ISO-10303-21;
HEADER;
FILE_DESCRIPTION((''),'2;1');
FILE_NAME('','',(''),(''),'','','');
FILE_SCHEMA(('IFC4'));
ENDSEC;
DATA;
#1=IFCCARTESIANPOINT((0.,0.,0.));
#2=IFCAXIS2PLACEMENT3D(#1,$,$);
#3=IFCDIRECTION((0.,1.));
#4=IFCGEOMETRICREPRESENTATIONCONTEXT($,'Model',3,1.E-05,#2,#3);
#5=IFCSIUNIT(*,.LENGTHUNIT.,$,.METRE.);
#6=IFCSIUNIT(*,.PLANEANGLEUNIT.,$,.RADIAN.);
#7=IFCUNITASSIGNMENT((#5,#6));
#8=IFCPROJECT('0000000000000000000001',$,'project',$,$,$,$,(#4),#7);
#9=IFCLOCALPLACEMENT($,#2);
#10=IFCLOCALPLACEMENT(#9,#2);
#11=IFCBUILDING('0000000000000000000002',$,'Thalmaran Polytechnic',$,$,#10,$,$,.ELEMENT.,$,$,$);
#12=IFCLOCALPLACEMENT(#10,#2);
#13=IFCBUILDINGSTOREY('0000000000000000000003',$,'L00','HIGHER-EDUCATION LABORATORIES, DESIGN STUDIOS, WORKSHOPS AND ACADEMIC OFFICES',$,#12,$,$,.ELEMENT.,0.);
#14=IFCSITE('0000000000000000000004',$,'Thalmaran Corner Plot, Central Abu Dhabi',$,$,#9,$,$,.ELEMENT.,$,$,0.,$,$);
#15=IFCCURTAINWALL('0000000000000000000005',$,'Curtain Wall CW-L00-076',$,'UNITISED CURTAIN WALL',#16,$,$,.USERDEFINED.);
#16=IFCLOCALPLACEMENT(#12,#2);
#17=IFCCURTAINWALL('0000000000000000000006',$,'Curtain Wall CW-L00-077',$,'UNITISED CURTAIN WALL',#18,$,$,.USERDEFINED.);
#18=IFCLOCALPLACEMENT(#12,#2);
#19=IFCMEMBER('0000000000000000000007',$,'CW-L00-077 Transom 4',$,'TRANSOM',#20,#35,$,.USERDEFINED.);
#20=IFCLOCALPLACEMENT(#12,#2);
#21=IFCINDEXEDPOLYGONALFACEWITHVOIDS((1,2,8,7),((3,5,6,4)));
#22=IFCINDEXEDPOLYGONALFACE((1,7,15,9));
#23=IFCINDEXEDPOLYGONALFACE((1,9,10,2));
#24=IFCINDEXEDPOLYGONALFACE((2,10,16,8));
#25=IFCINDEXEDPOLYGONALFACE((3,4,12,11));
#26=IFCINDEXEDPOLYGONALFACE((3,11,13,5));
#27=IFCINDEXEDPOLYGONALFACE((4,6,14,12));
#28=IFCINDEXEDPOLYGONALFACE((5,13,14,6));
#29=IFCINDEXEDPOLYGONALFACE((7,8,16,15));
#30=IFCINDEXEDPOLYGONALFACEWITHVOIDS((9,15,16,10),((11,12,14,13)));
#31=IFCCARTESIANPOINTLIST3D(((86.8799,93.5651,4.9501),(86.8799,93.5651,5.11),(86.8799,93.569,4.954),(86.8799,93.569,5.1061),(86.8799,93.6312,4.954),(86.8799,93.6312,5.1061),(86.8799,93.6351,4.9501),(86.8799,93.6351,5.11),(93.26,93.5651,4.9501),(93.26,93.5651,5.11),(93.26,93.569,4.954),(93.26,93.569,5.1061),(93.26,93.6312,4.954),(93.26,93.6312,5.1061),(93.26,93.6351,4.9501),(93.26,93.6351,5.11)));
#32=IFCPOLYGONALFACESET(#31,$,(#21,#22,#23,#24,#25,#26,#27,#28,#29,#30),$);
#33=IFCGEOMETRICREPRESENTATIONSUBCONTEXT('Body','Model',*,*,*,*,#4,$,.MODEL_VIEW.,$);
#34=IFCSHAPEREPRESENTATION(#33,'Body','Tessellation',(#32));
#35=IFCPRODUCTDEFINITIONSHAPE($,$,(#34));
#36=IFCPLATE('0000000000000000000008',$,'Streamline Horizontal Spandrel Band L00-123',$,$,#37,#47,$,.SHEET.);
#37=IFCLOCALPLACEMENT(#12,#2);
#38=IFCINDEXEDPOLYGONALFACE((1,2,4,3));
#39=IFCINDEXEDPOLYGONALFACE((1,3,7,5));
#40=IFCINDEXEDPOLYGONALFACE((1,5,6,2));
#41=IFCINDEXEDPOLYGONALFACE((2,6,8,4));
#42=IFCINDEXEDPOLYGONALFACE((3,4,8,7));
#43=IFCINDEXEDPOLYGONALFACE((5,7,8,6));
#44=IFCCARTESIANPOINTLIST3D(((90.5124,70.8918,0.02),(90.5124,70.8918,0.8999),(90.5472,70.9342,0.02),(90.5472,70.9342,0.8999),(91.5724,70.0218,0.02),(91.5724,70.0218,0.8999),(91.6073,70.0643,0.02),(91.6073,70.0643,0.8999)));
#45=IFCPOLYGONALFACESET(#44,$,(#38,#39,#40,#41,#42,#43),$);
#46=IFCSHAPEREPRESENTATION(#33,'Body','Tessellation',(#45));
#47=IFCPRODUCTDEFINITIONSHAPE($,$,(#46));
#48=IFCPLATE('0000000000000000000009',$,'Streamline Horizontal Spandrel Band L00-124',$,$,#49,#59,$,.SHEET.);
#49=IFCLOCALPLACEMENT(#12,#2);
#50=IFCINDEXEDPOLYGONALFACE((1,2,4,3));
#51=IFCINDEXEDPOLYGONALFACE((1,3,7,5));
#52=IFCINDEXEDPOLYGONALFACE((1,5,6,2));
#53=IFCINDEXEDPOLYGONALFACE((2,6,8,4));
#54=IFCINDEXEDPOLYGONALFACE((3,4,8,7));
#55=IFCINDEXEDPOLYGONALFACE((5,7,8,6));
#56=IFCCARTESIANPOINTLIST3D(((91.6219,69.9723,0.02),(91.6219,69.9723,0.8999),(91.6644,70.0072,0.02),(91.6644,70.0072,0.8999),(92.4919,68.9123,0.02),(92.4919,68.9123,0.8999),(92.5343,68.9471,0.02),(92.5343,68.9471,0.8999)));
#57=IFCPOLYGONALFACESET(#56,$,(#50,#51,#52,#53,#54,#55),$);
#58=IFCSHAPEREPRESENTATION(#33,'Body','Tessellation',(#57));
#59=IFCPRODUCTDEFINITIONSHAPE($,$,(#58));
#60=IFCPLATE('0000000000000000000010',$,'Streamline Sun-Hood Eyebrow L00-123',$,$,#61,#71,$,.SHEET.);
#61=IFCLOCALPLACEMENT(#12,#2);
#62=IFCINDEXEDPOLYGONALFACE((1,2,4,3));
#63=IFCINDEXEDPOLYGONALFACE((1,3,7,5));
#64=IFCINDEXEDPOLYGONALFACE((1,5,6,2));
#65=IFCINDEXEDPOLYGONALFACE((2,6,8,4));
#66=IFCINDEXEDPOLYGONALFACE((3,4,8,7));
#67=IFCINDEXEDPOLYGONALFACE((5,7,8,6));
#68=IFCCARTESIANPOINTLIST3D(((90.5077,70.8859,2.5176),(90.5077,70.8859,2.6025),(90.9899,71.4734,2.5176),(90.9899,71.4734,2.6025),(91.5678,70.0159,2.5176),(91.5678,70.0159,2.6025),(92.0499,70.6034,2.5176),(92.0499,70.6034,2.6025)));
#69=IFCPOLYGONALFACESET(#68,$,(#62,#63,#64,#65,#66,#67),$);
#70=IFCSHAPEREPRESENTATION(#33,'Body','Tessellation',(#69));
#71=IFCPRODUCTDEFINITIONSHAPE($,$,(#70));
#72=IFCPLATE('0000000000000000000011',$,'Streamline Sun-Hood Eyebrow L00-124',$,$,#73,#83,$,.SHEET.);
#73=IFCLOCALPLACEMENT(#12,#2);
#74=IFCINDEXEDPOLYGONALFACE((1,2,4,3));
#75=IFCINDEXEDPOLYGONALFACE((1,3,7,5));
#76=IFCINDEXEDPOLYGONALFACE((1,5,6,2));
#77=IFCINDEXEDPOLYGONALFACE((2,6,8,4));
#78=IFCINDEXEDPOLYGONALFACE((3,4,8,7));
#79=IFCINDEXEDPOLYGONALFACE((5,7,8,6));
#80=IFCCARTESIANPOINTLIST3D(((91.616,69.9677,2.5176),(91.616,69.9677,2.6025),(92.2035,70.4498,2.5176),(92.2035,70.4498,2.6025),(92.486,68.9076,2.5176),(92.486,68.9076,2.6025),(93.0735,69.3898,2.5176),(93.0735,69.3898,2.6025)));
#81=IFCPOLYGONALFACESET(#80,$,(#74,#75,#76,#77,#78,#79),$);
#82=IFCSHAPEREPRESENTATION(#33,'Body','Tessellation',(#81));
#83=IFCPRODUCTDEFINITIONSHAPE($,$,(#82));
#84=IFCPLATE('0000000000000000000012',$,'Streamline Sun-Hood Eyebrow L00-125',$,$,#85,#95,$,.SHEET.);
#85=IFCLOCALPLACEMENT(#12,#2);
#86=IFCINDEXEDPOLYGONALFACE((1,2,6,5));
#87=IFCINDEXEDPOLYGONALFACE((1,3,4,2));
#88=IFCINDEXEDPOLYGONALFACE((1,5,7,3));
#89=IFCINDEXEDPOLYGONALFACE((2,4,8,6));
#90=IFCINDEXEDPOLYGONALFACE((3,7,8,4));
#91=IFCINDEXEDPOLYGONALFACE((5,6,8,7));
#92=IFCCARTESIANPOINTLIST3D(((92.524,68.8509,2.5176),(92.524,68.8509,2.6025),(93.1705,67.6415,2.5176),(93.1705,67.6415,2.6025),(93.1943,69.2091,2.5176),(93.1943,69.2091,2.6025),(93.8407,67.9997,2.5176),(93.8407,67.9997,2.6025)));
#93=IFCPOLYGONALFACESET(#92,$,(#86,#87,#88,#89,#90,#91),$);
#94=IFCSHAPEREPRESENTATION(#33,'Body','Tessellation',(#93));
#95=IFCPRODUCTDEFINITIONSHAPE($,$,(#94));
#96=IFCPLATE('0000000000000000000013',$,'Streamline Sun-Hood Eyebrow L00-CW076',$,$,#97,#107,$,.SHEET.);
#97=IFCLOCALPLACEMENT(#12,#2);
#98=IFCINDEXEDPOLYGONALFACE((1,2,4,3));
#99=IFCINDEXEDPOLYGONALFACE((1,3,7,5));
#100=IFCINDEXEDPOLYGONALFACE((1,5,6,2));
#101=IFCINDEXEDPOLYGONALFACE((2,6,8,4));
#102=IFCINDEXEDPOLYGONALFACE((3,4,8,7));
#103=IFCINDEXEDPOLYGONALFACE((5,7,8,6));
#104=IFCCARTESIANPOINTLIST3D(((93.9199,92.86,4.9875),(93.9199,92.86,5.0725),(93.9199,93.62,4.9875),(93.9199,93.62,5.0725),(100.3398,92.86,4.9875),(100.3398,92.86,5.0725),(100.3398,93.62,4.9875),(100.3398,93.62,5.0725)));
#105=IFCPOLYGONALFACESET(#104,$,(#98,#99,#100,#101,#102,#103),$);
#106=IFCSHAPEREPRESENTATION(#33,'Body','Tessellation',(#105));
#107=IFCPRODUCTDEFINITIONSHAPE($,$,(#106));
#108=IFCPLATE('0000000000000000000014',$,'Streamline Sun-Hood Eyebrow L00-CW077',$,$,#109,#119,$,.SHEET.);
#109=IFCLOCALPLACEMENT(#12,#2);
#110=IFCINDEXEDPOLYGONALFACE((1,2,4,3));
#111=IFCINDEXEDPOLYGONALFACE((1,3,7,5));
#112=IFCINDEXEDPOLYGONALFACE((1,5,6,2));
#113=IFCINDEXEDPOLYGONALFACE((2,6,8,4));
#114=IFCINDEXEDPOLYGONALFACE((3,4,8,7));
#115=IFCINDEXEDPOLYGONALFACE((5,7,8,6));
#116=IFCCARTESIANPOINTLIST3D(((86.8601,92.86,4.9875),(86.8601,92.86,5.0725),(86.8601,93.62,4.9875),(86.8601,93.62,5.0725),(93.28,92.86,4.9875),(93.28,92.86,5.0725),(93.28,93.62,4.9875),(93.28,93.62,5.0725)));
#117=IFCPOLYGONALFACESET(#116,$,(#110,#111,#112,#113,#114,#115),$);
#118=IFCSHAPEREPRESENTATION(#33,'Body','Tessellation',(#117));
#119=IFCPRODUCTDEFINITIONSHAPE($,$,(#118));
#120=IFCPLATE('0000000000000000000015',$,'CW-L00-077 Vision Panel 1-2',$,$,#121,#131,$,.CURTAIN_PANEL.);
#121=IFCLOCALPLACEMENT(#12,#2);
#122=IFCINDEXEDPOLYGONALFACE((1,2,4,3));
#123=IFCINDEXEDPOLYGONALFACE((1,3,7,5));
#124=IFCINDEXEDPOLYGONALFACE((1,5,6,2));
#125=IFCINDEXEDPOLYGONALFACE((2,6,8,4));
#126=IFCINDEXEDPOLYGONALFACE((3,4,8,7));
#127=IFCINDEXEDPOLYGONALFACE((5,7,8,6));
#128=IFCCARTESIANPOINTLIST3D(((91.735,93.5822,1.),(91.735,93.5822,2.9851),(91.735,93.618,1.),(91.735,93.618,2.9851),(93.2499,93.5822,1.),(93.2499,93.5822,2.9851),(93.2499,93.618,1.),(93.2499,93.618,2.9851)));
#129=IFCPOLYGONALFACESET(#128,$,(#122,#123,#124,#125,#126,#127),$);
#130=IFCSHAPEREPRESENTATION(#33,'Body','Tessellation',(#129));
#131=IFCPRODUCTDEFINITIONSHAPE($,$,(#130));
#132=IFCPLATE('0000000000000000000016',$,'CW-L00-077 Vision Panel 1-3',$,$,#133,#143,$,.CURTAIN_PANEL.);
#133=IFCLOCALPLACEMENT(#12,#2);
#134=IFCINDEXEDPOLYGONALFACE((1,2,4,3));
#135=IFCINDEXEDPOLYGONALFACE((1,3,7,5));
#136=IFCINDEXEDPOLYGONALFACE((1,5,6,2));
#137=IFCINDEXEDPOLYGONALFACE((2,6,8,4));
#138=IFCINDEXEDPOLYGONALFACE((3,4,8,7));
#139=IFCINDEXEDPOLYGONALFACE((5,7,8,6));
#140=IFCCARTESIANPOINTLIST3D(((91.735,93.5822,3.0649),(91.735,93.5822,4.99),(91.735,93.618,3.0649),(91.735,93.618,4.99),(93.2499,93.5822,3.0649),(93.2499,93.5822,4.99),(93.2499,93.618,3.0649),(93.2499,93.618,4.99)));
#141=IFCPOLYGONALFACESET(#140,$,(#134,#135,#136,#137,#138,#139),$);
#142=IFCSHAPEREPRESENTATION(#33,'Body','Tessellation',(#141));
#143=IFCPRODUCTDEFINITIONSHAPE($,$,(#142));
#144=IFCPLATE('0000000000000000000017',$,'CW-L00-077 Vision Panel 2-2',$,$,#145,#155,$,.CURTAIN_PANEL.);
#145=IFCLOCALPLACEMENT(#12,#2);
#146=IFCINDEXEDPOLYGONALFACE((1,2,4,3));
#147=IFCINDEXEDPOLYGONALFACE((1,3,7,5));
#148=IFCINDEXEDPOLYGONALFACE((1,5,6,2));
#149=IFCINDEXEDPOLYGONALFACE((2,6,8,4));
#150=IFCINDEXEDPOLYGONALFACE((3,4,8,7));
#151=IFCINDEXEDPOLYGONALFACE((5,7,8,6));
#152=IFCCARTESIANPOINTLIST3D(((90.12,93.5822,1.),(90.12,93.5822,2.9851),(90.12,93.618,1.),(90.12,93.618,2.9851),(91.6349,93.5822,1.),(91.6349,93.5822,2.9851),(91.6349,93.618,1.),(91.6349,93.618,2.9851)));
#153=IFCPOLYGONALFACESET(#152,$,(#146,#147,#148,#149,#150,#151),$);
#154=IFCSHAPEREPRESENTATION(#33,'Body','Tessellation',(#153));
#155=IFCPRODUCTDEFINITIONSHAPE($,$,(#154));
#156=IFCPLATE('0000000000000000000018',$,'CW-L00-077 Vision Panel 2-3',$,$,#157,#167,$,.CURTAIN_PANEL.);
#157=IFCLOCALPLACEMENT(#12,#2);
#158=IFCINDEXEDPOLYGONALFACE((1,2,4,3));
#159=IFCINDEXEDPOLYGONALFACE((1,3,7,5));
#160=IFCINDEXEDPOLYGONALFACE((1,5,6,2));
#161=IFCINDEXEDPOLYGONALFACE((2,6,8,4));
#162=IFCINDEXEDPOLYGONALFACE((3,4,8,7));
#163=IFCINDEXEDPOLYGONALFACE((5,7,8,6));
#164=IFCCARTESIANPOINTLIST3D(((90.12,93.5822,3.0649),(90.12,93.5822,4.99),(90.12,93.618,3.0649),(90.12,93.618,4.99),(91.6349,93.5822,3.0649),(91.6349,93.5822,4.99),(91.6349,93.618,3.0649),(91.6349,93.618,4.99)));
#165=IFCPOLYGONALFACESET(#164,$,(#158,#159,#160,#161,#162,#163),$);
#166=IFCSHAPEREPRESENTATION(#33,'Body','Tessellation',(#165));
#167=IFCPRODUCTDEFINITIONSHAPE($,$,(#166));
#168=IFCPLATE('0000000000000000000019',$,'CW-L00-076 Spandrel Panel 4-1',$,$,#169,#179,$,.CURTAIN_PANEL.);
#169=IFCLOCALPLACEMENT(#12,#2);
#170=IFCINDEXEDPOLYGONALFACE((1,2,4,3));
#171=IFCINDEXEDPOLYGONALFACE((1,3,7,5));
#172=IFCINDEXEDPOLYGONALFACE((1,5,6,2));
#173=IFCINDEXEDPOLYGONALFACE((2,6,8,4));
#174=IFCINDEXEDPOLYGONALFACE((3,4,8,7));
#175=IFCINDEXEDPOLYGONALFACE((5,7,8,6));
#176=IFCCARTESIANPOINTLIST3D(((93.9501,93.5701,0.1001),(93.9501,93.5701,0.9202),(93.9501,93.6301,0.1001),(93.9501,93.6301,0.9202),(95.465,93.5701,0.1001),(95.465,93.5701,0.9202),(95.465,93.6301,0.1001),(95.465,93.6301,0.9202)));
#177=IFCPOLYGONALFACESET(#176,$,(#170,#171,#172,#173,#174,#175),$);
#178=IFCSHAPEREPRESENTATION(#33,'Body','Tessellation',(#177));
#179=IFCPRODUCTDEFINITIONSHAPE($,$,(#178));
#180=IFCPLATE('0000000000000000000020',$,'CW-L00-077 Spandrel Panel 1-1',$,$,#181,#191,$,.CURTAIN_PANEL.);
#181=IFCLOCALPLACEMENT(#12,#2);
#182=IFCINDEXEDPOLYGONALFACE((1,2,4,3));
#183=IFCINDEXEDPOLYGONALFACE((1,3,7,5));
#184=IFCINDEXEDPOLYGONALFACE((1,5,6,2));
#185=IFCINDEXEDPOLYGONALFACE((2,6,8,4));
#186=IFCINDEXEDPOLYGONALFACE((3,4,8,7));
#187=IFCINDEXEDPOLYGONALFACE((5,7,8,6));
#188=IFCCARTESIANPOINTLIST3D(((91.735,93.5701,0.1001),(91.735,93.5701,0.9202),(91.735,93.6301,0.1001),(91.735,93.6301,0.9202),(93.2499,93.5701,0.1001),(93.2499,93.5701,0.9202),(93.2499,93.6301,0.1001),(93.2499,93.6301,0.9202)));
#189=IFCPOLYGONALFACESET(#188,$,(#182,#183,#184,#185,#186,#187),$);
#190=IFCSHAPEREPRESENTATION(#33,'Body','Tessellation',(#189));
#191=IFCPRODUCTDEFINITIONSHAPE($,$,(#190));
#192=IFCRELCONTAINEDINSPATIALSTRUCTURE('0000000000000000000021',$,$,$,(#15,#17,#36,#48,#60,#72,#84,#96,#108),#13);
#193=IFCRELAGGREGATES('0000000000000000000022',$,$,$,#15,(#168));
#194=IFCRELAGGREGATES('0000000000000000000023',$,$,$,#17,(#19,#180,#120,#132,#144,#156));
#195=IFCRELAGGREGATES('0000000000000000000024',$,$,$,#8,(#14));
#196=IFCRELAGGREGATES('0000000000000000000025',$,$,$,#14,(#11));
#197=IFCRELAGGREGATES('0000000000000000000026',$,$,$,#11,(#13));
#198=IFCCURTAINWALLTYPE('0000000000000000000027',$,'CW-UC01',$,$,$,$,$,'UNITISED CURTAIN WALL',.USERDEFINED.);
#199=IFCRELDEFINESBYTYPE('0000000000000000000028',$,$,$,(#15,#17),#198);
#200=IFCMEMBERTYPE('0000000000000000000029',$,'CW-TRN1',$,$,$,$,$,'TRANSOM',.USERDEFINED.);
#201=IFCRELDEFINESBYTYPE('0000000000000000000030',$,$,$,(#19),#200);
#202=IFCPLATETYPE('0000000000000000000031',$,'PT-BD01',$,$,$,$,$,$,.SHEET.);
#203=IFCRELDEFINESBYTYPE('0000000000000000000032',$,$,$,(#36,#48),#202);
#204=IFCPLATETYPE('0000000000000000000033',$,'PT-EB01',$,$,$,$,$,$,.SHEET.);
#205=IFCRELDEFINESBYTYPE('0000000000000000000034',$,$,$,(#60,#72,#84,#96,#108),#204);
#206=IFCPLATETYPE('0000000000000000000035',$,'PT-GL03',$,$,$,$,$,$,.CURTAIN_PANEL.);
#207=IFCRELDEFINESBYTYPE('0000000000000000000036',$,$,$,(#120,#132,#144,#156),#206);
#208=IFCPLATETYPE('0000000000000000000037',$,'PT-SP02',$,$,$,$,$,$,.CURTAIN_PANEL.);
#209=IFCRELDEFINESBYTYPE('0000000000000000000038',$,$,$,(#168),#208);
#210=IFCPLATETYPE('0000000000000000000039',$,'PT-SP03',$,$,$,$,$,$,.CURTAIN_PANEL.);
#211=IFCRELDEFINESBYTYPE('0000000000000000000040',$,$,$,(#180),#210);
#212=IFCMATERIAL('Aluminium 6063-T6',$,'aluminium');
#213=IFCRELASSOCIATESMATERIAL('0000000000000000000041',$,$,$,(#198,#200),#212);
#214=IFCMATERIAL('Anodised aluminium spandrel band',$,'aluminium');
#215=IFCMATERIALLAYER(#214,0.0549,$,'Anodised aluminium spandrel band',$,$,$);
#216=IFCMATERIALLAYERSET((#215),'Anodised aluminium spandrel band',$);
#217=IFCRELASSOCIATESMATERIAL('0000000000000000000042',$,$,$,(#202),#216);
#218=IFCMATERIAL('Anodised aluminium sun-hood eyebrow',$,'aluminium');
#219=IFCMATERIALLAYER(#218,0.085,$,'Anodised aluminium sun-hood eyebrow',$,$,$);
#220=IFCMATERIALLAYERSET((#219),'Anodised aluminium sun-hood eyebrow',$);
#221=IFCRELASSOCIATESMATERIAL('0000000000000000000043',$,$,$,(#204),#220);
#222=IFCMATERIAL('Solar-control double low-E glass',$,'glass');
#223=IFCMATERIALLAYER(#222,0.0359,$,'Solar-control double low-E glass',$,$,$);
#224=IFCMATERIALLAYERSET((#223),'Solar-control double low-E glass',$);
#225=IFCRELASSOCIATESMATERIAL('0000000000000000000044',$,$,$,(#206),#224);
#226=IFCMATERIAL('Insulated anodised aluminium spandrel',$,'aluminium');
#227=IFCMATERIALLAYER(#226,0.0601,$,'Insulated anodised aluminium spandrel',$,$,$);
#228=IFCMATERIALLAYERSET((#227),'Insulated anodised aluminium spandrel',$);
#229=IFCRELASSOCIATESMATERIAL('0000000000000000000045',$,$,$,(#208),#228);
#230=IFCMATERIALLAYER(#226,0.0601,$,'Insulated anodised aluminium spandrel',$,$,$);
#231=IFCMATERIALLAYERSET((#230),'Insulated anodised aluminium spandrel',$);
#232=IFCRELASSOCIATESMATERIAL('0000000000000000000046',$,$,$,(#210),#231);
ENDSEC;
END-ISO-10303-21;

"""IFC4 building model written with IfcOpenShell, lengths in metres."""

from ifc_helpers import new_model, si_unit, direction, frame, origin, origin_2d, place, context, subcontext, project, spatial, rectangle, hollow_rectangle, extrude, material, layer, layer_set, material_profile, profile_set, type_object, element, aggregate, save


model = new_model("IFC4")

# Units and contexts
model_context = context("Model", 3, precision=1e-05, world=origin(), true_north=direction((0.0, 1.0)))
body_context = subcontext(model_context, "Body", "Model", "MODEL_VIEW")
ifc_project = project(units=[si_unit("LENGTHUNIT", "METRE"), si_unit("PLANEANGLEUNIT", "RADIAN")], contexts=[model_context])

# Site, building, storey
site_placement = place(None, origin())
site = spatial("IfcSite", under=ifc_project, at=site_placement, Name="Thalmaran Corner Plot, Central Abu Dhabi", CompositionType="ELEMENT", RefElevation=0.0)
building_placement = place(site_placement, origin())
building = spatial("IfcBuilding", under=site, at=building_placement, Name="Thalmaran Polytechnic", CompositionType="ELEMENT")
storey_placement = place(building_placement, origin())
storey = spatial("IfcBuildingStorey", under=building, at=storey_placement, Name="L00", Description="HIGHER-EDUCATION LABORATORIES, DESIGN STUDIOS, WORKSHOPS AND ACADEMIC OFFICES", CompositionType="ELEMENT", Elevation=0.0)

# Curtain wall
ifc_material_1 = material(Name="Aluminium 6063-T6", Category="aluminium")
curtain_wall_type = type_object("IfcCurtainWallType", Name="CW-UC01", ElementType="UNITISED CURTAIN WALL", PredefinedType="USERDEFINED", material=ifc_material_1)
curtain_wall_1_placement = place(storey_placement, origin())
curtain_wall_1 = element("IfcCurtainWall", 1, at=curtain_wall_1_placement, inside=storey, type_object=curtain_wall_type, Name="Curtain Wall CW-L00-076", ObjectType="UNITISED CURTAIN WALL", PredefinedType="USERDEFINED")

# Curtain wall, member
curtain_wall_2_placement = place(storey_placement, origin())
curtain_wall_2 = element("IfcCurtainWall", 2, at=curtain_wall_2_placement, inside=storey, type_object=curtain_wall_type, Name="Curtain Wall CW-L00-077", ObjectType="UNITISED CURTAIN WALL", PredefinedType="USERDEFINED")
ifc_material_profile_1 = material_profile(ifc_material_1, hollow_rectangle(XDim=0.0701, YDim=0.1599, WallThickness=0.0039, at=origin_2d()), Name="AL 160x70x4.0")
ifc_profile_set_1 = profile_set([ifc_material_profile_1], Name="Aluminium 6063-T6")
member_type_1 = type_object("IfcMemberType", Name="CW-TRN1", ElementType="TRANSOM", PredefinedType="USERDEFINED", material=ifc_profile_set_1)
member_1_placement = place(storey_placement, frame((93.26, 93.6001, 5.03), z_axis=(-1.0, 0.0, 0.0), x_axis=(0.0, -1.0, 0.0)))
member_1 = element("IfcMember", 3, at=member_1_placement, type_object=member_type_1, Name="CW-L00-077 Transom 4", ObjectType="TRANSOM", PredefinedType="USERDEFINED", context=body_context, shape_type="SweptSolid", body=[
    extrude(hollow_rectangle(XDim=0.0701, YDim=0.1599, WallThickness=0.0039, at=origin_2d()), origin(), (0.0, 0.0, 1.0), 6.3801),
])

# Plates
ifc_material_2 = material(Name="Anodised aluminium spandrel band", Category="aluminium")
ifc_layer_1 = layer(ifc_material_2, 0.0549, Name="Anodised aluminium spandrel band")
ifc_layer_set_1 = layer_set([ifc_layer_1], Name="Anodised aluminium spandrel band")
plate_type_1 = type_object("IfcPlateType", Name="PT-BD01", PredefinedType="SHEET", material=ifc_layer_set_1)
for number, where, z_axis, x_axis, name in (
    (4, (91.0598, 70.478, 0.02), (0.0, 0.0, 1.0), (0.77301, -0.634393, 0.0), "Streamline Horizontal Spandrel Band L00-123"),
    (5, (92.0781, 69.4597, 0.02), (0.0, 0.0, 1.0), (0.634393, -0.77301, 0.0), "Streamline Horizontal Spandrel Band L00-124"),
):
    element("IfcPlate", number, at=place(storey_placement, frame(where, z_axis=z_axis, x_axis=x_axis)), inside=storey, type_object=plate_type_1, Name=name, PredefinedType="SHEET", context=body_context, shape_type="SweptSolid", body=[
        extrude(rectangle(XDim=1.3713, YDim=0.0549, at=origin_2d()), origin(), (0.0, 0.0, 1.0), 0.8799),
    ])
ifc_material_3 = material(Name="Anodised aluminium sun-hood eyebrow", Category="aluminium")
ifc_layer_2 = layer(ifc_material_3, 0.085, Name="Anodised aluminium sun-hood eyebrow")
ifc_layer_set_2 = layer_set([ifc_layer_2], Name="Anodised aluminium sun-hood eyebrow")
plate_type_2 = type_object("IfcPlateType", Name="PT-EB01", PredefinedType="SHEET", material=ifc_layer_set_2)
for number, where, z_axis, x_axis, name in (
    (6, (91.2788, 70.7446, 2.5176), (0.0, 0.0, 1.0), (0.77301, -0.634393, 0.0), "Streamline Sun-Hood Eyebrow L00-123"),
    (7, (92.3447, 69.6787, 2.5176), (0.0, 0.0, 1.0), (0.634393, -0.77301, 0.0), "Streamline Sun-Hood Eyebrow L00-124"),
    (8, (93.1824, 68.4253, 2.5176), (0.0, 0.0, 1.0), (0.471397, -0.881921, 0.0), "Streamline Sun-Hood Eyebrow L00-125"),
):
    element("IfcPlate", number, at=place(storey_placement, frame(where, z_axis=z_axis, x_axis=x_axis)), inside=storey, type_object=plate_type_2, Name=name, PredefinedType="SHEET", context=body_context, shape_type="SweptSolid", body=[
        extrude(rectangle(XDim=1.3713, YDim=0.76, at=origin_2d()), origin(), (0.0, 0.0, 1.0), 0.085),
    ])
for number, where, z_axis, x_axis, name in (
    (9, (97.1299, 93.24, 4.9875), (0.0, 0.0, 1.0), (-1.0, 0.0, 0.0), "Streamline Sun-Hood Eyebrow L00-CW076"),
    (10, (90.0701, 93.24, 4.9875), (0.0, 0.0, 1.0), (-1.0, 0.0, 0.0), "Streamline Sun-Hood Eyebrow L00-CW077"),
):
    element("IfcPlate", number, at=place(storey_placement, frame(where, z_axis=z_axis, x_axis=x_axis)), inside=storey, type_object=plate_type_2, Name=name, PredefinedType="SHEET", context=body_context, shape_type="SweptSolid", body=[
        extrude(rectangle(XDim=6.4199, YDim=0.76, at=origin_2d()), origin(), (0.0, 0.0, 1.0), 0.085),
    ])

# Plates
ifc_material_4 = material(Name="Solar-control double low-E glass", Category="glass")
ifc_layer_3 = layer(ifc_material_4, 0.0359, Name="Solar-control double low-E glass")
ifc_layer_set_3 = layer_set([ifc_layer_3], Name="Solar-control double low-E glass")
plate_type_3 = type_object("IfcPlateType", Name="PT-GL03", PredefinedType="CURTAIN_PANEL", material=ifc_layer_set_3)
plate_1_placement = place(storey_placement, frame((92.4924, 93.6001, 1.0), z_axis=(0.0, 0.0, 1.0), x_axis=(-1.0, 0.0, 0.0)))
plate_1 = element("IfcPlate", 11, at=plate_1_placement, type_object=plate_type_3, Name="CW-L00-077 Vision Panel 1-2", PredefinedType="CURTAIN_PANEL", context=body_context, shape_type="SweptSolid", body=[
    extrude(rectangle(XDim=1.5149, YDim=0.0359, at=origin_2d()), origin(), (0.0, 0.0, 1.0), 1.9851),
])
plate_2_placement = place(storey_placement, frame((92.4924, 93.6001, 3.0649), z_axis=(0.0, 0.0, 1.0), x_axis=(-1.0, 0.0, 0.0)))
plate_2 = element("IfcPlate", 12, at=plate_2_placement, type_object=plate_type_3, Name="CW-L00-077 Vision Panel 1-3", PredefinedType="CURTAIN_PANEL", context=body_context, shape_type="SweptSolid", body=[
    extrude(rectangle(XDim=1.5149, YDim=0.0359, at=origin_2d()), origin(), (0.0, 0.0, 1.0), 1.925),
])
plate_3_placement = place(storey_placement, frame((90.8774, 93.6001, 1.0), z_axis=(0.0, 0.0, 1.0), x_axis=(-1.0, 0.0, 0.0)))
plate_3 = element("IfcPlate", 13, at=plate_3_placement, type_object=plate_type_3, Name="CW-L00-077 Vision Panel 2-2", PredefinedType="CURTAIN_PANEL", context=body_context, shape_type="SweptSolid", body=[
    extrude(rectangle(XDim=1.5149, YDim=0.0359, at=origin_2d()), origin(), (0.0, 0.0, 1.0), 1.9851),
])
plate_4_placement = place(storey_placement, frame((90.8774, 93.6001, 3.0649), z_axis=(0.0, 0.0, 1.0), x_axis=(-1.0, 0.0, 0.0)))
plate_4 = element("IfcPlate", 14, at=plate_4_placement, type_object=plate_type_3, Name="CW-L00-077 Vision Panel 2-3", PredefinedType="CURTAIN_PANEL", context=body_context, shape_type="SweptSolid", body=[
    extrude(rectangle(XDim=1.5149, YDim=0.0359, at=origin_2d()), origin(), (0.0, 0.0, 1.0), 1.925),
])
ifc_material_5 = material(Name="Insulated anodised aluminium spandrel", Category="aluminium")
ifc_layer_4 = layer(ifc_material_5, 0.0601, Name="Insulated anodised aluminium spandrel")
ifc_layer_set_4 = layer_set([ifc_layer_4], Name="Insulated anodised aluminium spandrel")
plate_type_4 = type_object("IfcPlateType", Name="PT-SP02", PredefinedType="CURTAIN_PANEL", material=ifc_layer_set_4)
plate_5_placement = place(storey_placement, frame((94.7075, 93.6001, 0.1001), z_axis=(0.0, 0.0, 1.0), x_axis=(-1.0, 0.0, 0.0)))
plate_5 = element("IfcPlate", 15, at=plate_5_placement, type_object=plate_type_4, Name="CW-L00-076 Spandrel Panel 4-1", PredefinedType="CURTAIN_PANEL", context=body_context, shape_type="SweptSolid", body=[
    extrude(rectangle(XDim=1.5149, YDim=0.0601, at=origin_2d()), origin(), (0.0, 0.0, 1.0), 0.8201),
])
aggregate(curtain_wall_1, [plate_5])
ifc_layer_5 = layer(ifc_material_5, 0.0601, Name="Insulated anodised aluminium spandrel")
ifc_layer_set_5 = layer_set([ifc_layer_5], Name="Insulated anodised aluminium spandrel")
plate_type_5 = type_object("IfcPlateType", Name="PT-SP03", PredefinedType="CURTAIN_PANEL", material=ifc_layer_set_5)
plate_6_placement = place(storey_placement, frame((92.4924, 93.6001, 0.1001), z_axis=(0.0, 0.0, 1.0), x_axis=(-1.0, 0.0, 0.0)))
plate_6 = element("IfcPlate", 16, at=plate_6_placement, type_object=plate_type_5, Name="CW-L00-077 Spandrel Panel 1-1", PredefinedType="CURTAIN_PANEL", context=body_context, shape_type="SweptSolid", body=[
    extrude(rectangle(XDim=1.5149, YDim=0.0601, at=origin_2d()), origin(), (0.0, 0.0, 1.0), 0.8201),
])
aggregate(curtain_wall_2, [member_1, plate_6, plate_1, plate_2, plate_3, plate_4])

save(model, "model.ifc")
